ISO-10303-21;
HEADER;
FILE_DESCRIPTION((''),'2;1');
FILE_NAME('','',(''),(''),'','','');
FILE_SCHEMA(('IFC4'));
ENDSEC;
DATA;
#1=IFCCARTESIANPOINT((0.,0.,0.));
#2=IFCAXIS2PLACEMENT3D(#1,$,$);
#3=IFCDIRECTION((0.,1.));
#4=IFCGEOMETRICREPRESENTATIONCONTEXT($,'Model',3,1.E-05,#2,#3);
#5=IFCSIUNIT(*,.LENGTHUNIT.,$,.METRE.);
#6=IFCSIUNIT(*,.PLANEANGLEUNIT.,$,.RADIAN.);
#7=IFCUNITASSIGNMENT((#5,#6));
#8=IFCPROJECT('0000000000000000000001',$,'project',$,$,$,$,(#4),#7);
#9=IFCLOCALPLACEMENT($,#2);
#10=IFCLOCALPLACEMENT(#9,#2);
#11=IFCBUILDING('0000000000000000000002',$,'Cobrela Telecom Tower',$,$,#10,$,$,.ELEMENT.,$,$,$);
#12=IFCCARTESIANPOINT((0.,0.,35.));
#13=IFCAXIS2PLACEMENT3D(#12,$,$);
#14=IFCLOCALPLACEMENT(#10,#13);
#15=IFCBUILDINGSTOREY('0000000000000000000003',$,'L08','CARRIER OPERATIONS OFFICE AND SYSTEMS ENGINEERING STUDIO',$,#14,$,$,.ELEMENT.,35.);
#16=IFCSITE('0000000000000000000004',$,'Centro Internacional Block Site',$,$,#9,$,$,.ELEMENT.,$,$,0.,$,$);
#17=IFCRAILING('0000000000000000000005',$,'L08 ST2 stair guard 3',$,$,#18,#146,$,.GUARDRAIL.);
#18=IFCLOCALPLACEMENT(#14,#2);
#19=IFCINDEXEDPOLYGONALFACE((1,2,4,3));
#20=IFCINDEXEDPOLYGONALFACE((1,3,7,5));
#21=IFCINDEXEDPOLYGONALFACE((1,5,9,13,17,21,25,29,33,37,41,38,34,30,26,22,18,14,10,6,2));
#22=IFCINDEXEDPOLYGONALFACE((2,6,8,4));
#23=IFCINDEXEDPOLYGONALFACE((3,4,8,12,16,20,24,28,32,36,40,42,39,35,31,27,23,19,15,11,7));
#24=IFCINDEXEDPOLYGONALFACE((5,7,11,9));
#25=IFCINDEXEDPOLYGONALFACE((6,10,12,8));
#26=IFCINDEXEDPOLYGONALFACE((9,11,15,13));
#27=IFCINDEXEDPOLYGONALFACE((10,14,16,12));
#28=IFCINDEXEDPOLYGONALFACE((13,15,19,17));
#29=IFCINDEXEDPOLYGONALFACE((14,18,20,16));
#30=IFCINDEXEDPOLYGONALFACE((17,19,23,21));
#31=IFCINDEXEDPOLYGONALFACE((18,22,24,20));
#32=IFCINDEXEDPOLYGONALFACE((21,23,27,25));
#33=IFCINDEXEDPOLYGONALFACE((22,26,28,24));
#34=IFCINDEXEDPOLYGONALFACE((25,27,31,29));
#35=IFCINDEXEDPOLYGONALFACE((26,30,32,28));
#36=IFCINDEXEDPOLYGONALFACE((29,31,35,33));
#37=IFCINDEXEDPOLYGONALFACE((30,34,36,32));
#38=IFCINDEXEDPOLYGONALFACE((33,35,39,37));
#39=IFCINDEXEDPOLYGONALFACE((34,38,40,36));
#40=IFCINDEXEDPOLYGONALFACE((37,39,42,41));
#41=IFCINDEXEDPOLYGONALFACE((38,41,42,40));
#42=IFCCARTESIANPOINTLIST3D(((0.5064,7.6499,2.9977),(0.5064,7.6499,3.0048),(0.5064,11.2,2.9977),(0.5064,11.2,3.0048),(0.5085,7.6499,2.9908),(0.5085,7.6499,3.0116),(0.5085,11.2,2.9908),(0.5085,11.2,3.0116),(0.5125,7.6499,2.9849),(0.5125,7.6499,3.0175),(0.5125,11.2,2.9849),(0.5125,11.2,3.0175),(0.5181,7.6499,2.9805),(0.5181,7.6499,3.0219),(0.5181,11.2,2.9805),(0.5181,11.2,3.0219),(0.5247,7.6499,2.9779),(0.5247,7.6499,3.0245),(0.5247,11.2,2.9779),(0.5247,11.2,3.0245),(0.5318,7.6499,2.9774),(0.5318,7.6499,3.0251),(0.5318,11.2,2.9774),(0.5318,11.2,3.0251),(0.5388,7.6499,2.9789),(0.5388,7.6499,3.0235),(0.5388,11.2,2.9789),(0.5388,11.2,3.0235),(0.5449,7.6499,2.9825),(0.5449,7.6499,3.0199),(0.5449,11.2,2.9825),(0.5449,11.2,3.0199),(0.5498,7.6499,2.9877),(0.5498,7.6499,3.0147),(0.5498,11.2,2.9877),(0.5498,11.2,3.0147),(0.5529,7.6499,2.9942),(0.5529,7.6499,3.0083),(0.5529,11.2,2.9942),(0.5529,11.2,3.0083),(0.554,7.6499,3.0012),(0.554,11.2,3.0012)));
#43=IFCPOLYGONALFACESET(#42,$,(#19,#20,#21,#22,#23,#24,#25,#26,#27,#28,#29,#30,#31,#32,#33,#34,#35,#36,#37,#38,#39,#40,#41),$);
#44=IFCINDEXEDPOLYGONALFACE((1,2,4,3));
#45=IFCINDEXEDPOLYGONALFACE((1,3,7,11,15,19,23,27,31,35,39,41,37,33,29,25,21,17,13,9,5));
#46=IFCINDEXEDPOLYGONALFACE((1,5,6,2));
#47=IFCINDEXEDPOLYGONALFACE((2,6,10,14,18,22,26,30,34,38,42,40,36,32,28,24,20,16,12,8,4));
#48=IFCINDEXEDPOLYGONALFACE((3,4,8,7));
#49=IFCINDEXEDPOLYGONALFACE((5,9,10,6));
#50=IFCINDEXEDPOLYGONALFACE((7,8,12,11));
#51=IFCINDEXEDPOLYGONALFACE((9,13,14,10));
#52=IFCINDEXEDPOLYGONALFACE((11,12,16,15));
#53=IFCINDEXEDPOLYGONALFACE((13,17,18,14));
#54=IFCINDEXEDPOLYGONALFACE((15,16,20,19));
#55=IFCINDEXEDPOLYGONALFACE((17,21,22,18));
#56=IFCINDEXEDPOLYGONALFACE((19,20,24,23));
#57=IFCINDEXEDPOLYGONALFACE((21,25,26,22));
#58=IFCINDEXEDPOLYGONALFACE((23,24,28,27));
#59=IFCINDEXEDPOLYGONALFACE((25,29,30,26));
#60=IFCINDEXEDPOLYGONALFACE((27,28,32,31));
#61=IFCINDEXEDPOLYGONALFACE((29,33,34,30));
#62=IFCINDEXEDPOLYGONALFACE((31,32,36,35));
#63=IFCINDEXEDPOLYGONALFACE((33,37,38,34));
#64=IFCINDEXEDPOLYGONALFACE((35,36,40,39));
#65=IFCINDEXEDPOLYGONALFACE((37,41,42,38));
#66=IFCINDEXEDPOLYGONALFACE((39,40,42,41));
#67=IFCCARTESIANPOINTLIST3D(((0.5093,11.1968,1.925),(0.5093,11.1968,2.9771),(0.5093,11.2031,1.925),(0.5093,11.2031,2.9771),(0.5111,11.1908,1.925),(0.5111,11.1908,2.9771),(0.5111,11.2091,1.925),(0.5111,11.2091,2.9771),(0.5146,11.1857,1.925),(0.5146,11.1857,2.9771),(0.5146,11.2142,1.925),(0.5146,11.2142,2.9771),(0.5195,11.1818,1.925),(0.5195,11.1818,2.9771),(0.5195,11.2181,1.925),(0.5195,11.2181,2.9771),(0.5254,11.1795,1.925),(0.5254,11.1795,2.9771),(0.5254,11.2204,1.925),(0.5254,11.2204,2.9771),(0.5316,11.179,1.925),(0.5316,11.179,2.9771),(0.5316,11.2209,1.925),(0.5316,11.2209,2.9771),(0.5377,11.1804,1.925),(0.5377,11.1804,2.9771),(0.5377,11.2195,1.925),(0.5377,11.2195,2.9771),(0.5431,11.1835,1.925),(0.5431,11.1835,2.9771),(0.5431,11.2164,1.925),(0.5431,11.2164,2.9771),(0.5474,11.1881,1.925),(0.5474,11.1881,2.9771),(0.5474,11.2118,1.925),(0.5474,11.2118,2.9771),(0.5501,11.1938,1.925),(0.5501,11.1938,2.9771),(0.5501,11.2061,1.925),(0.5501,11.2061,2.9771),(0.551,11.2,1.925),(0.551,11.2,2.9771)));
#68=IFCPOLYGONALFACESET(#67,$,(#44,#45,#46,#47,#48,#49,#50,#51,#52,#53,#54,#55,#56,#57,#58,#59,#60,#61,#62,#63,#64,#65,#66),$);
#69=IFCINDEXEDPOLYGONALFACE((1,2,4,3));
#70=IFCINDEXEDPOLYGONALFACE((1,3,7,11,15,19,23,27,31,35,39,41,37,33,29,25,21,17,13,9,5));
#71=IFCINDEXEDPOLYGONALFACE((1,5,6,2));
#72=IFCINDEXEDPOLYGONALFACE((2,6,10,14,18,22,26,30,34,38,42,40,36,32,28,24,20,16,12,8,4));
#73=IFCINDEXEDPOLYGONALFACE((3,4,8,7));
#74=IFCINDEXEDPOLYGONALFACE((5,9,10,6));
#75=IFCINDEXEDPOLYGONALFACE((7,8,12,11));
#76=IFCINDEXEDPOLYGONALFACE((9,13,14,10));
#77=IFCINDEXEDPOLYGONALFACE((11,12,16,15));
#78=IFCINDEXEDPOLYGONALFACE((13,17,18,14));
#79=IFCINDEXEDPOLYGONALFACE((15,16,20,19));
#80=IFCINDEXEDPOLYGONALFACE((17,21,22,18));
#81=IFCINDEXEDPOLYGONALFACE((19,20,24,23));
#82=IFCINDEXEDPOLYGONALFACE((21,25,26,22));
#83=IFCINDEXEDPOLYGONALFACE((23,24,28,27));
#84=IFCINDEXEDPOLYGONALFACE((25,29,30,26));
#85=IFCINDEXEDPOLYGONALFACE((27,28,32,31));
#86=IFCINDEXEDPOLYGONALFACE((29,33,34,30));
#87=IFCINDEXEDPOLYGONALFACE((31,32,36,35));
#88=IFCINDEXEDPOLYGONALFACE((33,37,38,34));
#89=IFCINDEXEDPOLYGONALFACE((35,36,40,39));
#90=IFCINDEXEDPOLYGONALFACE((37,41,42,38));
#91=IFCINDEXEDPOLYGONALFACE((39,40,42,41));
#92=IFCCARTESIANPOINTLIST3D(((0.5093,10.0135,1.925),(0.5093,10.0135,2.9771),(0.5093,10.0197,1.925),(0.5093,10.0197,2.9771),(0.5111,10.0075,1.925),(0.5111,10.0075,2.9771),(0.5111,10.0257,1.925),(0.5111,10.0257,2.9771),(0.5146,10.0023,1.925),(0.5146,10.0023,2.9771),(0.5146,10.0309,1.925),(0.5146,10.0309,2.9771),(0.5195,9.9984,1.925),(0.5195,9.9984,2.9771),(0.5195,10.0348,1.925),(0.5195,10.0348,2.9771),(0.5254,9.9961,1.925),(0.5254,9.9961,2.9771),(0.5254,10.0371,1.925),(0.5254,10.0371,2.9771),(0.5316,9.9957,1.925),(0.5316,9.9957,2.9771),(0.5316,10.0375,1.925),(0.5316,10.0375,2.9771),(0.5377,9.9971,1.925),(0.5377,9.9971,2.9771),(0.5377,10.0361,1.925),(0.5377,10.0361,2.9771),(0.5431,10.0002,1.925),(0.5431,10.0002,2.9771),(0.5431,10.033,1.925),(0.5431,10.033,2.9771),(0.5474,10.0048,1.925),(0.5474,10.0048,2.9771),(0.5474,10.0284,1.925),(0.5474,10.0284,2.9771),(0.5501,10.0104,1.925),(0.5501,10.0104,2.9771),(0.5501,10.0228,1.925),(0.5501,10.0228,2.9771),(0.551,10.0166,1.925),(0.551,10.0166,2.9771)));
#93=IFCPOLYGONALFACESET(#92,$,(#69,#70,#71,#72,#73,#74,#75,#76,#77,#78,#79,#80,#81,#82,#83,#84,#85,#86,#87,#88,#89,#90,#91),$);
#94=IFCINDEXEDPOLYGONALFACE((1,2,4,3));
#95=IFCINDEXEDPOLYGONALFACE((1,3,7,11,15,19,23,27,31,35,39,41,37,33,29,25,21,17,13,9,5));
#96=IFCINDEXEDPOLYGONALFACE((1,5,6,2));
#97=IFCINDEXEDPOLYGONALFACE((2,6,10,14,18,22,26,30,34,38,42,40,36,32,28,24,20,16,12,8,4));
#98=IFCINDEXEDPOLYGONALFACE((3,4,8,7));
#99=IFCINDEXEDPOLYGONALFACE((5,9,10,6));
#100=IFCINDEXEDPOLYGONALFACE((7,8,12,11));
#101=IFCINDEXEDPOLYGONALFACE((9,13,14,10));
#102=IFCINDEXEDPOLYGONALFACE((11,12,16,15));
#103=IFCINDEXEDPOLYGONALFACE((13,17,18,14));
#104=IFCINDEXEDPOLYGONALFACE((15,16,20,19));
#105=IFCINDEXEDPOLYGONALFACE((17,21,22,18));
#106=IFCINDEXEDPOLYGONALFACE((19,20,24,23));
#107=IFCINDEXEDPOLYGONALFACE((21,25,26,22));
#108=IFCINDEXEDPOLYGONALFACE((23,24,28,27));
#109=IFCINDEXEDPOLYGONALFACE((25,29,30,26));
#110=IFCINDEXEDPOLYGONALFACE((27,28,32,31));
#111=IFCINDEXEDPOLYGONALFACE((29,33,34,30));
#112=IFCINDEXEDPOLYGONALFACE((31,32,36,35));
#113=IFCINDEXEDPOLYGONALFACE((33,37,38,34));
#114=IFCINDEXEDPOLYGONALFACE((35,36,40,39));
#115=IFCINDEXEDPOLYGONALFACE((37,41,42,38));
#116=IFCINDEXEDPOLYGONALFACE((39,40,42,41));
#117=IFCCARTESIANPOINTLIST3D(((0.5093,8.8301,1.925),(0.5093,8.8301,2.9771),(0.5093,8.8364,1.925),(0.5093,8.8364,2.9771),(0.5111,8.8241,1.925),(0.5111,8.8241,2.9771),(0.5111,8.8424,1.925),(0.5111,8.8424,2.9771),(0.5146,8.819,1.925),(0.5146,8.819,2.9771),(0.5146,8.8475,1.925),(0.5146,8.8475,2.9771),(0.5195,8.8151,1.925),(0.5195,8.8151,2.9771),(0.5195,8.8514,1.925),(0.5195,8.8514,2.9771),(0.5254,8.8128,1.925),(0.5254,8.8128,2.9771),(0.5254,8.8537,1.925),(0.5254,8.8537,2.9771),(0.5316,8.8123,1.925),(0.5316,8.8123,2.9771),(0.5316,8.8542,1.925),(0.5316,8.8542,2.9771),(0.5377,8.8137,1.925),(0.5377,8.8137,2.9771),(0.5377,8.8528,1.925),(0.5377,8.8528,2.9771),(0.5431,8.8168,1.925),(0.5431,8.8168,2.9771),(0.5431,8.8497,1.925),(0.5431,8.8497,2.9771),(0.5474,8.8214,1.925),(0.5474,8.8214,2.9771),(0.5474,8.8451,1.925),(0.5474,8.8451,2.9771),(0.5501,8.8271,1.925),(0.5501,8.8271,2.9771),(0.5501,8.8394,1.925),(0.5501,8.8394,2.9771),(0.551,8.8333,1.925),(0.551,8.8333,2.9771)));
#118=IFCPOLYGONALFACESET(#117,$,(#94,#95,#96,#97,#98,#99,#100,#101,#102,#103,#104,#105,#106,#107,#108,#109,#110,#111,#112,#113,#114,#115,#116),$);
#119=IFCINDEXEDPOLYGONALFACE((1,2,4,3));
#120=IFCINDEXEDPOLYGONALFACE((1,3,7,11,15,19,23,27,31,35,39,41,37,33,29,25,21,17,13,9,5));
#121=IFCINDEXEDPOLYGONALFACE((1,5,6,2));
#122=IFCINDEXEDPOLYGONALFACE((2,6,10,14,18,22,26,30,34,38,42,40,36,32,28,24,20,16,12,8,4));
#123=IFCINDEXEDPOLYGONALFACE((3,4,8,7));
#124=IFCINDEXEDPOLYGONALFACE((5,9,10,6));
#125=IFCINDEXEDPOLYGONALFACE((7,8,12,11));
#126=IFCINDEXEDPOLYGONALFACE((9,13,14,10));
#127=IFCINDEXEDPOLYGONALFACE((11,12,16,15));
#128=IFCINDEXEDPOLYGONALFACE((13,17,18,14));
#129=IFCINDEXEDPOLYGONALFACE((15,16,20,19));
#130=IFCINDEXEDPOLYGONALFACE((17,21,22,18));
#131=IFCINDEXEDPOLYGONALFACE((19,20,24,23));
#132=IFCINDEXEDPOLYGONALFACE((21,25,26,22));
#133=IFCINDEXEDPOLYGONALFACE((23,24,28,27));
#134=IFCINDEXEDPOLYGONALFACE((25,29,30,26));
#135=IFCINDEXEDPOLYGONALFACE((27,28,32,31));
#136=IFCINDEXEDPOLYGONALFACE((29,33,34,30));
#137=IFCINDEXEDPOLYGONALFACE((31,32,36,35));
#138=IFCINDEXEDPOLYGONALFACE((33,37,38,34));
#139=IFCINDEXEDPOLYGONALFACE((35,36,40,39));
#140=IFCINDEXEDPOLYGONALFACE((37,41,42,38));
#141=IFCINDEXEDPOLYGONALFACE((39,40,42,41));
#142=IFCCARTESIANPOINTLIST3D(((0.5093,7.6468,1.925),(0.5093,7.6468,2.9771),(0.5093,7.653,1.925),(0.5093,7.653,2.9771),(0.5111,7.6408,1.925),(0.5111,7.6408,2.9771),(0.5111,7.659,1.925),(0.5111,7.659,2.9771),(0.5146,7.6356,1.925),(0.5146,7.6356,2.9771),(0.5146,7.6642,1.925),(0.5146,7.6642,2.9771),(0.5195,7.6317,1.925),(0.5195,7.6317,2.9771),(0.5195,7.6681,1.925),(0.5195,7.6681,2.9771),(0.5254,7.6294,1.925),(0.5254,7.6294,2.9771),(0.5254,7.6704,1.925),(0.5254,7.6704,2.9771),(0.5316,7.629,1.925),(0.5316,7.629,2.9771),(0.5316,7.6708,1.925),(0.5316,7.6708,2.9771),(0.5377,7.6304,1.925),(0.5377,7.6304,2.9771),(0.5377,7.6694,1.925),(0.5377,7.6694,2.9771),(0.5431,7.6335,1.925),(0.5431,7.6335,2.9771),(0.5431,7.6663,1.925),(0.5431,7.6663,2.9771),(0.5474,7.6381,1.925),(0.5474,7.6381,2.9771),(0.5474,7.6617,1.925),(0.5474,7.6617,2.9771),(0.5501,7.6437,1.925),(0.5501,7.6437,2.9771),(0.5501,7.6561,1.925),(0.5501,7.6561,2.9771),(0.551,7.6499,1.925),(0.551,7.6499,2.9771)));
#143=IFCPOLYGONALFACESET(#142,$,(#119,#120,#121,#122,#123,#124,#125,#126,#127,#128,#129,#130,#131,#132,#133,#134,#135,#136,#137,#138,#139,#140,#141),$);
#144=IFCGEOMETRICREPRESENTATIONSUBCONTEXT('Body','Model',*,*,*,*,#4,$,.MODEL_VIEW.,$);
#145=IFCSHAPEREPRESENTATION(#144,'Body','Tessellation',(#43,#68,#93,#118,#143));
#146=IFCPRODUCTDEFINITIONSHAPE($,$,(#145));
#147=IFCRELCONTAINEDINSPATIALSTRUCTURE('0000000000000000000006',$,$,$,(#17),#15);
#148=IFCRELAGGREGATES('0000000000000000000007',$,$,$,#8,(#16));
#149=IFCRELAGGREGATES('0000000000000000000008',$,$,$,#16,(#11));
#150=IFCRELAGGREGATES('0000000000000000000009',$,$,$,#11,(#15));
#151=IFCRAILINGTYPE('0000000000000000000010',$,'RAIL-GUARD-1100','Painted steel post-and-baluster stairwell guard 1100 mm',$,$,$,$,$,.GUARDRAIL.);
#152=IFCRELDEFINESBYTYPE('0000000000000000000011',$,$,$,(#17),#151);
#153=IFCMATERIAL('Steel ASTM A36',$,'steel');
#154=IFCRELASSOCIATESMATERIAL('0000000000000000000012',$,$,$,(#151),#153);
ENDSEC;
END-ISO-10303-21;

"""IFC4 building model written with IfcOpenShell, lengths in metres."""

from ifc_helpers import new_model, si_unit, direction, frame, origin, origin_2d, place, context, subcontext, project, spatial, circle, extrude, material, type_object, element, save


model = new_model("IFC4")

# Units and contexts
model_context = context("Model", 3, precision=1e-05, world=origin(), true_north=direction((0.0, 1.0)))
body_context = subcontext(model_context, "Body", "Model", "MODEL_VIEW")
ifc_project = project(units=[si_unit("LENGTHUNIT", "METRE"), si_unit("PLANEANGLEUNIT", "RADIAN")], contexts=[model_context])

# Site, building, storey
site_placement = place(None, origin())
site = spatial("IfcSite", under=ifc_project, at=site_placement, Name="Centro Internacional Block Site", CompositionType="ELEMENT", RefElevation=0.0)
building_placement = place(site_placement, origin())
building = spatial("IfcBuilding", under=site, at=building_placement, Name="Cobrela Telecom Tower", CompositionType="ELEMENT")
storey_placement = place(building_placement, frame((0.0, 0.0, 35.0)))
storey = spatial("IfcBuildingStorey", under=building, at=storey_placement, Name="L08", Description="CARRIER OPERATIONS OFFICE AND SYSTEMS ENGINEERING STUDIO", CompositionType="ELEMENT", Elevation=35.0)

# Railing
ifc_material_1 = material(Name="Steel ASTM A36", Category="steel")
railing_type_1 = type_object("IfcRailingType", Name="RAIL-GUARD-1100", Description="Painted steel post-and-baluster stairwell guard 1100 mm", PredefinedType="GUARDRAIL", material=ifc_material_1)
railing_1_placement = place(storey_placement, frame((0.53, 11.2, 1.925)))
element("IfcRailing", 1, at=railing_1_placement, inside=storey, type_object=railing_type_1, Name="L08 ST2 stair guard 3", PredefinedType="GUARDRAIL", context=body_context, shape_type="SweptSolid", body=[
    extrude(circle(Radius=0.0239, at=origin_2d()), frame((0.0, 0.0, 1.0762), z_axis=(0.0, -1.0, 0.0), x_axis=(1.0, 0.0, 0.0)), (0.0, 0.0, 1.0), 3.55),
    extrude(circle(Radius=0.021, at=origin_2d()), origin(), (0.0, 0.0, 1.0), 1.052),
    extrude(circle(Radius=0.021, at=origin_2d()), frame((0.0, -1.1833, 0.0)), (0.0, 0.0, 1.0), 1.052),
    extrude(circle(Radius=0.021, at=origin_2d()), frame((0.0, -2.3667, 0.0)), (0.0, 0.0, 1.0), 1.052),
    extrude(circle(Radius=0.021, at=origin_2d()), frame((0.0, -3.55, 0.0)), (0.0, 0.0, 1.0), 1.052),
])

save(model, "model.ifc")
